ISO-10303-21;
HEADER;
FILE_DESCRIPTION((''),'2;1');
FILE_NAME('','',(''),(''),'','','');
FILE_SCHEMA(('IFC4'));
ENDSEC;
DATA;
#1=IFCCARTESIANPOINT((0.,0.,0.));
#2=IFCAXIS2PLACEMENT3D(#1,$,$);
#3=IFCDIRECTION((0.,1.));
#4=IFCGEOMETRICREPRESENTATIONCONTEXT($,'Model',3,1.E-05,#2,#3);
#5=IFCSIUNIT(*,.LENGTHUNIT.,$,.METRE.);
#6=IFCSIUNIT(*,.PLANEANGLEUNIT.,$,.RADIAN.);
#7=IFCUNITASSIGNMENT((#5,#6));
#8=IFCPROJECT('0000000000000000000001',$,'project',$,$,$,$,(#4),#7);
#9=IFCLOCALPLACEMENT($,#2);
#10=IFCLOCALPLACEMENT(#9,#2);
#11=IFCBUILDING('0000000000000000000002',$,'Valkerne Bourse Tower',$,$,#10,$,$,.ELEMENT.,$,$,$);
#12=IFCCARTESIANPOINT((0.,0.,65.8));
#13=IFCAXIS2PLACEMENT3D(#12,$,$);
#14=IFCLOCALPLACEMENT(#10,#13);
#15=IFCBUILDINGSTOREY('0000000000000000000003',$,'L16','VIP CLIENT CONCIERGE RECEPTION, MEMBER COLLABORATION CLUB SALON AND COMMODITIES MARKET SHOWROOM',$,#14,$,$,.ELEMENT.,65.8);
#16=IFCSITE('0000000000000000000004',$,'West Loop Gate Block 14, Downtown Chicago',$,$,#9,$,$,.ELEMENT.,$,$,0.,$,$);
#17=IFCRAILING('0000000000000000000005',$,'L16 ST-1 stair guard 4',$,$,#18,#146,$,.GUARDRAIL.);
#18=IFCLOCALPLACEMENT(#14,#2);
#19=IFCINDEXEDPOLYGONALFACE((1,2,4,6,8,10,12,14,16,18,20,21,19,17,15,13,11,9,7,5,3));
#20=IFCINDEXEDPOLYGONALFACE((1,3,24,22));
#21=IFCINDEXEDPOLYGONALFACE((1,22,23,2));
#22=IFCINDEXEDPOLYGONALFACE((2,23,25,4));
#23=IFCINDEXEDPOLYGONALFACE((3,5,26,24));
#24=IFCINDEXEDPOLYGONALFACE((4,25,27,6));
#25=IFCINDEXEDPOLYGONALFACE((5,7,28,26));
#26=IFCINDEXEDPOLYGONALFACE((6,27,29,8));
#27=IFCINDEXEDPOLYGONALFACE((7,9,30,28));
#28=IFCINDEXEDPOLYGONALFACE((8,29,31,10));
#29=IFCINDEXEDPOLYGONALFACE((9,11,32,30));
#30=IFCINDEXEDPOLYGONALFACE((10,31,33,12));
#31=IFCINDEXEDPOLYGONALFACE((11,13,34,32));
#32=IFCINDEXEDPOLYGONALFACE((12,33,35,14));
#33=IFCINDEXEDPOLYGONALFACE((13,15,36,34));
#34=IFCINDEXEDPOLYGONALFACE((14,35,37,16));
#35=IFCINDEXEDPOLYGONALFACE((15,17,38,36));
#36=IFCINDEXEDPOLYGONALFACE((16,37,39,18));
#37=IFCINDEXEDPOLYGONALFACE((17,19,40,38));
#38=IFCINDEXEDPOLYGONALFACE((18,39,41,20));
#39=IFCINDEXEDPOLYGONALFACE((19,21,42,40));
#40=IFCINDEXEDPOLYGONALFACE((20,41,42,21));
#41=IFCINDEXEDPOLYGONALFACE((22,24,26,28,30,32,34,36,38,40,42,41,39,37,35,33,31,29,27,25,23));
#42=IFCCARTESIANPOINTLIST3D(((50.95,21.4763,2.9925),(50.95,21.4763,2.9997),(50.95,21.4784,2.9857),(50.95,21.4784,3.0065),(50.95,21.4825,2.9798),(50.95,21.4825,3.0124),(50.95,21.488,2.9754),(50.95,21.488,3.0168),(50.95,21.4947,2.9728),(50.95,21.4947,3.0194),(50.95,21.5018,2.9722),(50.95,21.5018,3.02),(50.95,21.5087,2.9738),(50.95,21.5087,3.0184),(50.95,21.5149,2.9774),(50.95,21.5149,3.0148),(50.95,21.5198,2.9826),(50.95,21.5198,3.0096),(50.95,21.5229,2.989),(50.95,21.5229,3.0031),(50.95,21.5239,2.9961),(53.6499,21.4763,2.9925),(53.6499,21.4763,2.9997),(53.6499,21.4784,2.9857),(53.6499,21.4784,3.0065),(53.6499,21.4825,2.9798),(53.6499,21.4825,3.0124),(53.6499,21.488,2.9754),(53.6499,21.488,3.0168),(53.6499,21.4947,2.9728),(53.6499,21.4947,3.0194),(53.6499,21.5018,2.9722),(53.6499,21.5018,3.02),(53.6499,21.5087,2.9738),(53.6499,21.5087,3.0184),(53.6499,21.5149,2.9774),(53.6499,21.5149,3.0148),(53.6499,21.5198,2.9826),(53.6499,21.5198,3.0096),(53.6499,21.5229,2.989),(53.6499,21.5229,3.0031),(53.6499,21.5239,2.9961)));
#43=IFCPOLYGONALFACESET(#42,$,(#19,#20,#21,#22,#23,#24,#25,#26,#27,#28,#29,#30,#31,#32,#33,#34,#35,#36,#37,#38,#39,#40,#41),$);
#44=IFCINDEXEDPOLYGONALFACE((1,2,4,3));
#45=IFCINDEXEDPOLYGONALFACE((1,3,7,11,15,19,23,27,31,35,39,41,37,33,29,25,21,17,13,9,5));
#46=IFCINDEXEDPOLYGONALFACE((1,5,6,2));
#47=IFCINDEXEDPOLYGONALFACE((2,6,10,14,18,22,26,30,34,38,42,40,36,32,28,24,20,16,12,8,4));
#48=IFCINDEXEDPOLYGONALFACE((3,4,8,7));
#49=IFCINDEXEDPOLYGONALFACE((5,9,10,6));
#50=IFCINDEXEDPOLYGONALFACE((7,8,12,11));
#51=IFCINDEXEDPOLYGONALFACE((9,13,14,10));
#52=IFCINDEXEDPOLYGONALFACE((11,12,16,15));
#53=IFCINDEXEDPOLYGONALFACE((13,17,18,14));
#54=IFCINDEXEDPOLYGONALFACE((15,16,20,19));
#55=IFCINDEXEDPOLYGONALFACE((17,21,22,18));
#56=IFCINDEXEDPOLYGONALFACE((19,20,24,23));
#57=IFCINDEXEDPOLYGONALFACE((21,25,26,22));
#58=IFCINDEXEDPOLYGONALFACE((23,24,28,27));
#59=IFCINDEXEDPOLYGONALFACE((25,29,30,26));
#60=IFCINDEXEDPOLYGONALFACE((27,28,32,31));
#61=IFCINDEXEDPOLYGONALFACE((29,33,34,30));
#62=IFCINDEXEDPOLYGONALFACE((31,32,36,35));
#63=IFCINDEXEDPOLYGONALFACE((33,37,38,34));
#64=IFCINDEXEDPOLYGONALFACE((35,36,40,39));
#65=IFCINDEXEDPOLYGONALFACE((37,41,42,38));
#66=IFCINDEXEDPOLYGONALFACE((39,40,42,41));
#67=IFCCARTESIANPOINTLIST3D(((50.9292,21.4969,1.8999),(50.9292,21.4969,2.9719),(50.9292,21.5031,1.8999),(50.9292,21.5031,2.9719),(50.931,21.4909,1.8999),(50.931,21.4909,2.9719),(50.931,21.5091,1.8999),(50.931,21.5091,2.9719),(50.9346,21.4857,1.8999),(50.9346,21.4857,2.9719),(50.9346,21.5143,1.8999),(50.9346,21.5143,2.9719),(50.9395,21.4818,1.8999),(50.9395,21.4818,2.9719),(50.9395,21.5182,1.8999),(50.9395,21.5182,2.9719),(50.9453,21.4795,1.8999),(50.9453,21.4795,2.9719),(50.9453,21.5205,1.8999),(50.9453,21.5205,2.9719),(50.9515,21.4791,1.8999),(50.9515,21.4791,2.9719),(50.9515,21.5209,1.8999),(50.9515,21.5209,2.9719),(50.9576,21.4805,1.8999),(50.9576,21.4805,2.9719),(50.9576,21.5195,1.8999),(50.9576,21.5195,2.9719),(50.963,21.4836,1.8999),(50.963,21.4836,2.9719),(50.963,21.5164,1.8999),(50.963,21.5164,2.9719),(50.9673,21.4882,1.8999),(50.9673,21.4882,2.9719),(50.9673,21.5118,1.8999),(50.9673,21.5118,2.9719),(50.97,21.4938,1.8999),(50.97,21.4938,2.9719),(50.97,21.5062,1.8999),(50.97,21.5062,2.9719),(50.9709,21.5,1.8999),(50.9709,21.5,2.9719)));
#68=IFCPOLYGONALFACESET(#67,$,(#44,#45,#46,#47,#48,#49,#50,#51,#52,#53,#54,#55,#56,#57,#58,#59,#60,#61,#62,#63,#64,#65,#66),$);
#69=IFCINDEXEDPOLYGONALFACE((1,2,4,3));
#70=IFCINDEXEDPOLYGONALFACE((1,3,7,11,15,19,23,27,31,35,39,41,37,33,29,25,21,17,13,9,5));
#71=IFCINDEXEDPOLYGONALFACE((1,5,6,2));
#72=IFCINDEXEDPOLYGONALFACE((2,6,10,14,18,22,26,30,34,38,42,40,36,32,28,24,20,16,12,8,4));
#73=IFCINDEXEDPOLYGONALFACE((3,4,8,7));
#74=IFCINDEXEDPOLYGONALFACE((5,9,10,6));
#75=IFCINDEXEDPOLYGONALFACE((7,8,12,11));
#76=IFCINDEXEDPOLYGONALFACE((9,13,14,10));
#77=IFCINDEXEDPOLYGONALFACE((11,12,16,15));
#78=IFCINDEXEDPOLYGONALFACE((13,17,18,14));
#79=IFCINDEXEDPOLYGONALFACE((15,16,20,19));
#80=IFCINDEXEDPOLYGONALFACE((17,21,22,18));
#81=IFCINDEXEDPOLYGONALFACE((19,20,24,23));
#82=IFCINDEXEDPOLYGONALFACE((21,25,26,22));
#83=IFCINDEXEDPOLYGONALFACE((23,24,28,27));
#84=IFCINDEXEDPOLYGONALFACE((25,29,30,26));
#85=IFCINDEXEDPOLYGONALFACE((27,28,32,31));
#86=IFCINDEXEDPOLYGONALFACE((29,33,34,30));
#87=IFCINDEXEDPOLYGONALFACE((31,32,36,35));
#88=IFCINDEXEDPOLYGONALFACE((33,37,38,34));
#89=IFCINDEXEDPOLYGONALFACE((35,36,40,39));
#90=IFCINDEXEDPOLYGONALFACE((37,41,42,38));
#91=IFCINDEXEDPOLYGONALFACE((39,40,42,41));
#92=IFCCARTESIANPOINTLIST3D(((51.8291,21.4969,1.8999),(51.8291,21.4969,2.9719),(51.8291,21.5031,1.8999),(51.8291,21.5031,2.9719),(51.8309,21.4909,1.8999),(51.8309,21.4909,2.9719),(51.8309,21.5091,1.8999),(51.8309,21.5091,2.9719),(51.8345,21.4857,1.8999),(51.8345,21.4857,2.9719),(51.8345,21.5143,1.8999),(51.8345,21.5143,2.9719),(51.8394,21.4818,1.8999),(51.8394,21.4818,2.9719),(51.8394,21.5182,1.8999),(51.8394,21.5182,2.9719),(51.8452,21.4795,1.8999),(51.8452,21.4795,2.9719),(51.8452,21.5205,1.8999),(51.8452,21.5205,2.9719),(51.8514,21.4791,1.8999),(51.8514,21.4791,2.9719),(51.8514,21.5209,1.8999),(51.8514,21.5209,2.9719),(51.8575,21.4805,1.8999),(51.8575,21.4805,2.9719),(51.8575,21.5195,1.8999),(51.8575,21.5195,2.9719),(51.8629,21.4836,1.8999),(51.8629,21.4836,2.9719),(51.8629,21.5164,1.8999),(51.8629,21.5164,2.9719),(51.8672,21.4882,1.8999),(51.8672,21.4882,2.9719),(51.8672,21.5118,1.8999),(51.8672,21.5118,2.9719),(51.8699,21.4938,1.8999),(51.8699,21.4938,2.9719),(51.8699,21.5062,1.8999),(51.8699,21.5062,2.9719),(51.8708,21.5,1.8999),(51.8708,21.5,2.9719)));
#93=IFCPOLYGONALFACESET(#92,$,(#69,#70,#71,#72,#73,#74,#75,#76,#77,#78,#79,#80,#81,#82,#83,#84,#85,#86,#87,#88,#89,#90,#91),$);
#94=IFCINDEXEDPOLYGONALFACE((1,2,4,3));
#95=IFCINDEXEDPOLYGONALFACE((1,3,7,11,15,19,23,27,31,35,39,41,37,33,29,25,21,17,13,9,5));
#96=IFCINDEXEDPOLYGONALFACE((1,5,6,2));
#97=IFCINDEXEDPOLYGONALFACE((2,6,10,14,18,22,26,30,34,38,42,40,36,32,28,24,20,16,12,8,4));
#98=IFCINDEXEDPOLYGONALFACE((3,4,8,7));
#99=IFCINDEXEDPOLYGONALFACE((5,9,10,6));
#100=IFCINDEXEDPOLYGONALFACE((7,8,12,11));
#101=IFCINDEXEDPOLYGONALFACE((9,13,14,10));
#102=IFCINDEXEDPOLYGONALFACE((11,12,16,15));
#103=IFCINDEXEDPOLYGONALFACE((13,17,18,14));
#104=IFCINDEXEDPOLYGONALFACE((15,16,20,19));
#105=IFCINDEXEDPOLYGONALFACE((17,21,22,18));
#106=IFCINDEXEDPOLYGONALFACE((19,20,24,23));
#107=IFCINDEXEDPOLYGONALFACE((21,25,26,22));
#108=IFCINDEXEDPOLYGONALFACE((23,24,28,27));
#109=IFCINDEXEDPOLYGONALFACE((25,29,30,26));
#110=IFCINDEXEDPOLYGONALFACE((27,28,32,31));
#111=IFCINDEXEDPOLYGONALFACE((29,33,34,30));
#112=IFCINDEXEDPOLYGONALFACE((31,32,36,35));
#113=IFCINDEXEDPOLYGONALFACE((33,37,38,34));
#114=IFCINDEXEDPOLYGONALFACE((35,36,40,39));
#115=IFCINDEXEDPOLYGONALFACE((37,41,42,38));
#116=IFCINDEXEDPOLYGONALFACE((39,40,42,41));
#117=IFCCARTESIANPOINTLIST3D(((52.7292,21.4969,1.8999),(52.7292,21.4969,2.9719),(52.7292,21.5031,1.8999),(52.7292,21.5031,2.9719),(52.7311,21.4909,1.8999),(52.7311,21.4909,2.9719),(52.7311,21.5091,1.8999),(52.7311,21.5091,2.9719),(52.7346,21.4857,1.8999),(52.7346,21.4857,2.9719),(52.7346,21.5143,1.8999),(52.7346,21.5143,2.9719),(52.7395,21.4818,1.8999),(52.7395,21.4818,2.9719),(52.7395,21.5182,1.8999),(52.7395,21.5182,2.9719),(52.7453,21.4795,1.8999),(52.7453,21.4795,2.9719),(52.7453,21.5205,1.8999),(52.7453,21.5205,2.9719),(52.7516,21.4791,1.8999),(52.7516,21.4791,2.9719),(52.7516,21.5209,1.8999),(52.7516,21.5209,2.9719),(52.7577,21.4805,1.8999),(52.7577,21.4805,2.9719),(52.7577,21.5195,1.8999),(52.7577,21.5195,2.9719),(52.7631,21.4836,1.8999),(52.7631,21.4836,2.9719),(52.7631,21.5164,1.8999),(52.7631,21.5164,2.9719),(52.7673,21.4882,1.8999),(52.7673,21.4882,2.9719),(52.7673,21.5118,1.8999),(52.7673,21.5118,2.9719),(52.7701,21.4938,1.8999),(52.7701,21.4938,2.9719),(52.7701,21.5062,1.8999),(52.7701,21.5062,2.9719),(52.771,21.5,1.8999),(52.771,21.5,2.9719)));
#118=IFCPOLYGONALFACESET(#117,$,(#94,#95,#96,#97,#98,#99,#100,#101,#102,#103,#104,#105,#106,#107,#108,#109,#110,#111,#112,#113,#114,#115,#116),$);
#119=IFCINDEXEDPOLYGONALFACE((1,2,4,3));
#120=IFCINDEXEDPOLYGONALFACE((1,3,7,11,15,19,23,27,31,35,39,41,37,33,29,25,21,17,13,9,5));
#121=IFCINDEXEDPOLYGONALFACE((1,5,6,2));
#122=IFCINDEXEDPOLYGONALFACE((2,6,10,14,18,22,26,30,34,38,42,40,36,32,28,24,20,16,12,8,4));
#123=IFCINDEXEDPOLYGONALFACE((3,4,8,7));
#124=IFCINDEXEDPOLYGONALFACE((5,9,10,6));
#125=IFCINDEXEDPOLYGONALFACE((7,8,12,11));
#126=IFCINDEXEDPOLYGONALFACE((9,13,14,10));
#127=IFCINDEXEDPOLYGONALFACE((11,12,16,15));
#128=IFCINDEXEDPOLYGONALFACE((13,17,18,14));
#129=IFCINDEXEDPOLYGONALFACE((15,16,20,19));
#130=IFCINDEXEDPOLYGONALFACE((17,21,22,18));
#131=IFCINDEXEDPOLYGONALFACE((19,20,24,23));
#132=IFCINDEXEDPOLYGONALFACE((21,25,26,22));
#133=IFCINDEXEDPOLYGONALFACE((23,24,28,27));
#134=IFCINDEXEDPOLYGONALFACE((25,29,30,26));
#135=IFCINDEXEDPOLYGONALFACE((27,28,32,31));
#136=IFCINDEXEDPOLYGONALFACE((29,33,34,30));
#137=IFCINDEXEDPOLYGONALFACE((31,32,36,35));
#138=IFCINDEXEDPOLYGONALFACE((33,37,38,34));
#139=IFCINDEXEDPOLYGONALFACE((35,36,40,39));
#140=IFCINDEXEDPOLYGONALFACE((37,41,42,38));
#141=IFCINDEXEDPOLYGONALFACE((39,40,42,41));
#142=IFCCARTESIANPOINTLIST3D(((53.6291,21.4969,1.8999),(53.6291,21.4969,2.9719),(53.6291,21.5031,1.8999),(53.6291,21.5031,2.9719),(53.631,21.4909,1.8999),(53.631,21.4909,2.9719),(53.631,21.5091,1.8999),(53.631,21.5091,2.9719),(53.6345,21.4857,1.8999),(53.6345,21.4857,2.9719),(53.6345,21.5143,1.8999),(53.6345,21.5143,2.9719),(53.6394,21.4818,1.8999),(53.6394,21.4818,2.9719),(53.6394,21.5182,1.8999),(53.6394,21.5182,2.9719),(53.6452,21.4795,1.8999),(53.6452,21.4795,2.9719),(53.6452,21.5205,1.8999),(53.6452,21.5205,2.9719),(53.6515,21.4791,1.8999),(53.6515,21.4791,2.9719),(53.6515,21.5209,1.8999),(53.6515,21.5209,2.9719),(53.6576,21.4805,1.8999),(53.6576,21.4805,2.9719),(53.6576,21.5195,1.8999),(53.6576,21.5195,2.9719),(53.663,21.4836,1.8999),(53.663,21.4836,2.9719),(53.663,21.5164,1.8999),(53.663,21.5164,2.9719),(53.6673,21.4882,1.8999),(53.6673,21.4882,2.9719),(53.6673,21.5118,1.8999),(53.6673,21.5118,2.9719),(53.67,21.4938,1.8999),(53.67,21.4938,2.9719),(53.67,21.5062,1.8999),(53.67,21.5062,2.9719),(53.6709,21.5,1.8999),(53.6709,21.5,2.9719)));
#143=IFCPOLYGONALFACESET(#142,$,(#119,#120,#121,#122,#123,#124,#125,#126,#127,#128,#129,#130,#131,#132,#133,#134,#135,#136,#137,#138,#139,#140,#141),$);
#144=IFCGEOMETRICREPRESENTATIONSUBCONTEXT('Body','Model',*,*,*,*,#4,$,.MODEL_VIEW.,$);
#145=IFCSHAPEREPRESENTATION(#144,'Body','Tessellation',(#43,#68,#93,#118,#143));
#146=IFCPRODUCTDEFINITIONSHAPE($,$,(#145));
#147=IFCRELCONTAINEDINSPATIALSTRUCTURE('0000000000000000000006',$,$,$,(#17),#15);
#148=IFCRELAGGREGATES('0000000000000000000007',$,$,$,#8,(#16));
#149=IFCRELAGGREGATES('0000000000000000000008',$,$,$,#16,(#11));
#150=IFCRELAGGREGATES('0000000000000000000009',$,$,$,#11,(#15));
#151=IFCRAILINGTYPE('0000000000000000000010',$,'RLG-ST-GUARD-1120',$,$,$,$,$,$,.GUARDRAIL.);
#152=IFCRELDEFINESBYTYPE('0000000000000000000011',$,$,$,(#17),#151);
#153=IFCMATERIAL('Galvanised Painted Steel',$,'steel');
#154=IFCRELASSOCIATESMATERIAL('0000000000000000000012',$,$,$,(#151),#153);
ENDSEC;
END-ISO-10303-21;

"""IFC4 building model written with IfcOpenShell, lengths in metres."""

from ifc_helpers import new_model, si_unit, direction, frame, origin, origin_2d, place, context, subcontext, project, spatial, circle, extrude, material, type_object, element, save


model = new_model("IFC4")

# Units and contexts
model_context = context("Model", 3, precision=1e-05, world=origin(), true_north=direction((0.0, 1.0)))
body_context = subcontext(model_context, "Body", "Model", "MODEL_VIEW")
ifc_project = project(units=[si_unit("LENGTHUNIT", "METRE"), si_unit("PLANEANGLEUNIT", "RADIAN")], contexts=[model_context])

# Site, building, storey
site_placement = place(None, origin())
site = spatial("IfcSite", under=ifc_project, at=site_placement, Name="West Loop Gate Block 14, Downtown Chicago", CompositionType="ELEMENT", RefElevation=0.0)
building_placement = place(site_placement, origin())
building = spatial("IfcBuilding", under=site, at=building_placement, Name="Valkerne Bourse Tower", CompositionType="ELEMENT")
storey_placement = place(building_placement, frame((0.0, 0.0, 65.8)))
storey = spatial("IfcBuildingStorey", under=building, at=storey_placement, Name="L16", Description="VIP CLIENT CONCIERGE RECEPTION, MEMBER COLLABORATION CLUB SALON AND COMMODITIES MARKET SHOWROOM", CompositionType="ELEMENT", Elevation=65.8)

# Shared definitions
ifc_material_1 = material(Name="Galvanised Painted Steel", Category="steel")

# Railing
railing_type_1 = type_object("IfcRailingType", Name="RLG-ST-GUARD-1120", PredefinedType="GUARDRAIL", material=ifc_material_1)
for number, where, name in (
    (1, (50.95, 21.5, 1.8999), "L16 ST-1 stair guard 4"),
):
    element("IfcRailing", number, at=place(storey_placement, frame(where)), inside=storey, type_object=railing_type_1, Name=name, PredefinedType="GUARDRAIL", context=body_context, shape_type="SweptSolid", body=[
        extrude(circle(Radius=0.0239, at=origin_2d()), frame((0.0, 0.0, 1.0962), z_axis=(1.0, 0.0, 0.0), x_axis=(0.0, 1.0, 0.0)), (0.0, 0.0, 1.0), 2.7),
        extrude(circle(Radius=0.021, at=origin_2d()), origin(), (0.0, 0.0, 1.0), 1.072),
        extrude(circle(Radius=0.021, at=origin_2d()), frame((0.8999, 0.0, 0.0)), (0.0, 0.0, 1.0), 1.072),
        extrude(circle(Radius=0.021, at=origin_2d()), frame((1.8, 0.0, 0.0)), (0.0, 0.0, 1.0), 1.072),
        extrude(circle(Radius=0.021, at=origin_2d()), frame((2.7, 0.0, 0.0)), (0.0, 0.0, 1.0), 1.072),
    ])

save(model, "model.ifc")
